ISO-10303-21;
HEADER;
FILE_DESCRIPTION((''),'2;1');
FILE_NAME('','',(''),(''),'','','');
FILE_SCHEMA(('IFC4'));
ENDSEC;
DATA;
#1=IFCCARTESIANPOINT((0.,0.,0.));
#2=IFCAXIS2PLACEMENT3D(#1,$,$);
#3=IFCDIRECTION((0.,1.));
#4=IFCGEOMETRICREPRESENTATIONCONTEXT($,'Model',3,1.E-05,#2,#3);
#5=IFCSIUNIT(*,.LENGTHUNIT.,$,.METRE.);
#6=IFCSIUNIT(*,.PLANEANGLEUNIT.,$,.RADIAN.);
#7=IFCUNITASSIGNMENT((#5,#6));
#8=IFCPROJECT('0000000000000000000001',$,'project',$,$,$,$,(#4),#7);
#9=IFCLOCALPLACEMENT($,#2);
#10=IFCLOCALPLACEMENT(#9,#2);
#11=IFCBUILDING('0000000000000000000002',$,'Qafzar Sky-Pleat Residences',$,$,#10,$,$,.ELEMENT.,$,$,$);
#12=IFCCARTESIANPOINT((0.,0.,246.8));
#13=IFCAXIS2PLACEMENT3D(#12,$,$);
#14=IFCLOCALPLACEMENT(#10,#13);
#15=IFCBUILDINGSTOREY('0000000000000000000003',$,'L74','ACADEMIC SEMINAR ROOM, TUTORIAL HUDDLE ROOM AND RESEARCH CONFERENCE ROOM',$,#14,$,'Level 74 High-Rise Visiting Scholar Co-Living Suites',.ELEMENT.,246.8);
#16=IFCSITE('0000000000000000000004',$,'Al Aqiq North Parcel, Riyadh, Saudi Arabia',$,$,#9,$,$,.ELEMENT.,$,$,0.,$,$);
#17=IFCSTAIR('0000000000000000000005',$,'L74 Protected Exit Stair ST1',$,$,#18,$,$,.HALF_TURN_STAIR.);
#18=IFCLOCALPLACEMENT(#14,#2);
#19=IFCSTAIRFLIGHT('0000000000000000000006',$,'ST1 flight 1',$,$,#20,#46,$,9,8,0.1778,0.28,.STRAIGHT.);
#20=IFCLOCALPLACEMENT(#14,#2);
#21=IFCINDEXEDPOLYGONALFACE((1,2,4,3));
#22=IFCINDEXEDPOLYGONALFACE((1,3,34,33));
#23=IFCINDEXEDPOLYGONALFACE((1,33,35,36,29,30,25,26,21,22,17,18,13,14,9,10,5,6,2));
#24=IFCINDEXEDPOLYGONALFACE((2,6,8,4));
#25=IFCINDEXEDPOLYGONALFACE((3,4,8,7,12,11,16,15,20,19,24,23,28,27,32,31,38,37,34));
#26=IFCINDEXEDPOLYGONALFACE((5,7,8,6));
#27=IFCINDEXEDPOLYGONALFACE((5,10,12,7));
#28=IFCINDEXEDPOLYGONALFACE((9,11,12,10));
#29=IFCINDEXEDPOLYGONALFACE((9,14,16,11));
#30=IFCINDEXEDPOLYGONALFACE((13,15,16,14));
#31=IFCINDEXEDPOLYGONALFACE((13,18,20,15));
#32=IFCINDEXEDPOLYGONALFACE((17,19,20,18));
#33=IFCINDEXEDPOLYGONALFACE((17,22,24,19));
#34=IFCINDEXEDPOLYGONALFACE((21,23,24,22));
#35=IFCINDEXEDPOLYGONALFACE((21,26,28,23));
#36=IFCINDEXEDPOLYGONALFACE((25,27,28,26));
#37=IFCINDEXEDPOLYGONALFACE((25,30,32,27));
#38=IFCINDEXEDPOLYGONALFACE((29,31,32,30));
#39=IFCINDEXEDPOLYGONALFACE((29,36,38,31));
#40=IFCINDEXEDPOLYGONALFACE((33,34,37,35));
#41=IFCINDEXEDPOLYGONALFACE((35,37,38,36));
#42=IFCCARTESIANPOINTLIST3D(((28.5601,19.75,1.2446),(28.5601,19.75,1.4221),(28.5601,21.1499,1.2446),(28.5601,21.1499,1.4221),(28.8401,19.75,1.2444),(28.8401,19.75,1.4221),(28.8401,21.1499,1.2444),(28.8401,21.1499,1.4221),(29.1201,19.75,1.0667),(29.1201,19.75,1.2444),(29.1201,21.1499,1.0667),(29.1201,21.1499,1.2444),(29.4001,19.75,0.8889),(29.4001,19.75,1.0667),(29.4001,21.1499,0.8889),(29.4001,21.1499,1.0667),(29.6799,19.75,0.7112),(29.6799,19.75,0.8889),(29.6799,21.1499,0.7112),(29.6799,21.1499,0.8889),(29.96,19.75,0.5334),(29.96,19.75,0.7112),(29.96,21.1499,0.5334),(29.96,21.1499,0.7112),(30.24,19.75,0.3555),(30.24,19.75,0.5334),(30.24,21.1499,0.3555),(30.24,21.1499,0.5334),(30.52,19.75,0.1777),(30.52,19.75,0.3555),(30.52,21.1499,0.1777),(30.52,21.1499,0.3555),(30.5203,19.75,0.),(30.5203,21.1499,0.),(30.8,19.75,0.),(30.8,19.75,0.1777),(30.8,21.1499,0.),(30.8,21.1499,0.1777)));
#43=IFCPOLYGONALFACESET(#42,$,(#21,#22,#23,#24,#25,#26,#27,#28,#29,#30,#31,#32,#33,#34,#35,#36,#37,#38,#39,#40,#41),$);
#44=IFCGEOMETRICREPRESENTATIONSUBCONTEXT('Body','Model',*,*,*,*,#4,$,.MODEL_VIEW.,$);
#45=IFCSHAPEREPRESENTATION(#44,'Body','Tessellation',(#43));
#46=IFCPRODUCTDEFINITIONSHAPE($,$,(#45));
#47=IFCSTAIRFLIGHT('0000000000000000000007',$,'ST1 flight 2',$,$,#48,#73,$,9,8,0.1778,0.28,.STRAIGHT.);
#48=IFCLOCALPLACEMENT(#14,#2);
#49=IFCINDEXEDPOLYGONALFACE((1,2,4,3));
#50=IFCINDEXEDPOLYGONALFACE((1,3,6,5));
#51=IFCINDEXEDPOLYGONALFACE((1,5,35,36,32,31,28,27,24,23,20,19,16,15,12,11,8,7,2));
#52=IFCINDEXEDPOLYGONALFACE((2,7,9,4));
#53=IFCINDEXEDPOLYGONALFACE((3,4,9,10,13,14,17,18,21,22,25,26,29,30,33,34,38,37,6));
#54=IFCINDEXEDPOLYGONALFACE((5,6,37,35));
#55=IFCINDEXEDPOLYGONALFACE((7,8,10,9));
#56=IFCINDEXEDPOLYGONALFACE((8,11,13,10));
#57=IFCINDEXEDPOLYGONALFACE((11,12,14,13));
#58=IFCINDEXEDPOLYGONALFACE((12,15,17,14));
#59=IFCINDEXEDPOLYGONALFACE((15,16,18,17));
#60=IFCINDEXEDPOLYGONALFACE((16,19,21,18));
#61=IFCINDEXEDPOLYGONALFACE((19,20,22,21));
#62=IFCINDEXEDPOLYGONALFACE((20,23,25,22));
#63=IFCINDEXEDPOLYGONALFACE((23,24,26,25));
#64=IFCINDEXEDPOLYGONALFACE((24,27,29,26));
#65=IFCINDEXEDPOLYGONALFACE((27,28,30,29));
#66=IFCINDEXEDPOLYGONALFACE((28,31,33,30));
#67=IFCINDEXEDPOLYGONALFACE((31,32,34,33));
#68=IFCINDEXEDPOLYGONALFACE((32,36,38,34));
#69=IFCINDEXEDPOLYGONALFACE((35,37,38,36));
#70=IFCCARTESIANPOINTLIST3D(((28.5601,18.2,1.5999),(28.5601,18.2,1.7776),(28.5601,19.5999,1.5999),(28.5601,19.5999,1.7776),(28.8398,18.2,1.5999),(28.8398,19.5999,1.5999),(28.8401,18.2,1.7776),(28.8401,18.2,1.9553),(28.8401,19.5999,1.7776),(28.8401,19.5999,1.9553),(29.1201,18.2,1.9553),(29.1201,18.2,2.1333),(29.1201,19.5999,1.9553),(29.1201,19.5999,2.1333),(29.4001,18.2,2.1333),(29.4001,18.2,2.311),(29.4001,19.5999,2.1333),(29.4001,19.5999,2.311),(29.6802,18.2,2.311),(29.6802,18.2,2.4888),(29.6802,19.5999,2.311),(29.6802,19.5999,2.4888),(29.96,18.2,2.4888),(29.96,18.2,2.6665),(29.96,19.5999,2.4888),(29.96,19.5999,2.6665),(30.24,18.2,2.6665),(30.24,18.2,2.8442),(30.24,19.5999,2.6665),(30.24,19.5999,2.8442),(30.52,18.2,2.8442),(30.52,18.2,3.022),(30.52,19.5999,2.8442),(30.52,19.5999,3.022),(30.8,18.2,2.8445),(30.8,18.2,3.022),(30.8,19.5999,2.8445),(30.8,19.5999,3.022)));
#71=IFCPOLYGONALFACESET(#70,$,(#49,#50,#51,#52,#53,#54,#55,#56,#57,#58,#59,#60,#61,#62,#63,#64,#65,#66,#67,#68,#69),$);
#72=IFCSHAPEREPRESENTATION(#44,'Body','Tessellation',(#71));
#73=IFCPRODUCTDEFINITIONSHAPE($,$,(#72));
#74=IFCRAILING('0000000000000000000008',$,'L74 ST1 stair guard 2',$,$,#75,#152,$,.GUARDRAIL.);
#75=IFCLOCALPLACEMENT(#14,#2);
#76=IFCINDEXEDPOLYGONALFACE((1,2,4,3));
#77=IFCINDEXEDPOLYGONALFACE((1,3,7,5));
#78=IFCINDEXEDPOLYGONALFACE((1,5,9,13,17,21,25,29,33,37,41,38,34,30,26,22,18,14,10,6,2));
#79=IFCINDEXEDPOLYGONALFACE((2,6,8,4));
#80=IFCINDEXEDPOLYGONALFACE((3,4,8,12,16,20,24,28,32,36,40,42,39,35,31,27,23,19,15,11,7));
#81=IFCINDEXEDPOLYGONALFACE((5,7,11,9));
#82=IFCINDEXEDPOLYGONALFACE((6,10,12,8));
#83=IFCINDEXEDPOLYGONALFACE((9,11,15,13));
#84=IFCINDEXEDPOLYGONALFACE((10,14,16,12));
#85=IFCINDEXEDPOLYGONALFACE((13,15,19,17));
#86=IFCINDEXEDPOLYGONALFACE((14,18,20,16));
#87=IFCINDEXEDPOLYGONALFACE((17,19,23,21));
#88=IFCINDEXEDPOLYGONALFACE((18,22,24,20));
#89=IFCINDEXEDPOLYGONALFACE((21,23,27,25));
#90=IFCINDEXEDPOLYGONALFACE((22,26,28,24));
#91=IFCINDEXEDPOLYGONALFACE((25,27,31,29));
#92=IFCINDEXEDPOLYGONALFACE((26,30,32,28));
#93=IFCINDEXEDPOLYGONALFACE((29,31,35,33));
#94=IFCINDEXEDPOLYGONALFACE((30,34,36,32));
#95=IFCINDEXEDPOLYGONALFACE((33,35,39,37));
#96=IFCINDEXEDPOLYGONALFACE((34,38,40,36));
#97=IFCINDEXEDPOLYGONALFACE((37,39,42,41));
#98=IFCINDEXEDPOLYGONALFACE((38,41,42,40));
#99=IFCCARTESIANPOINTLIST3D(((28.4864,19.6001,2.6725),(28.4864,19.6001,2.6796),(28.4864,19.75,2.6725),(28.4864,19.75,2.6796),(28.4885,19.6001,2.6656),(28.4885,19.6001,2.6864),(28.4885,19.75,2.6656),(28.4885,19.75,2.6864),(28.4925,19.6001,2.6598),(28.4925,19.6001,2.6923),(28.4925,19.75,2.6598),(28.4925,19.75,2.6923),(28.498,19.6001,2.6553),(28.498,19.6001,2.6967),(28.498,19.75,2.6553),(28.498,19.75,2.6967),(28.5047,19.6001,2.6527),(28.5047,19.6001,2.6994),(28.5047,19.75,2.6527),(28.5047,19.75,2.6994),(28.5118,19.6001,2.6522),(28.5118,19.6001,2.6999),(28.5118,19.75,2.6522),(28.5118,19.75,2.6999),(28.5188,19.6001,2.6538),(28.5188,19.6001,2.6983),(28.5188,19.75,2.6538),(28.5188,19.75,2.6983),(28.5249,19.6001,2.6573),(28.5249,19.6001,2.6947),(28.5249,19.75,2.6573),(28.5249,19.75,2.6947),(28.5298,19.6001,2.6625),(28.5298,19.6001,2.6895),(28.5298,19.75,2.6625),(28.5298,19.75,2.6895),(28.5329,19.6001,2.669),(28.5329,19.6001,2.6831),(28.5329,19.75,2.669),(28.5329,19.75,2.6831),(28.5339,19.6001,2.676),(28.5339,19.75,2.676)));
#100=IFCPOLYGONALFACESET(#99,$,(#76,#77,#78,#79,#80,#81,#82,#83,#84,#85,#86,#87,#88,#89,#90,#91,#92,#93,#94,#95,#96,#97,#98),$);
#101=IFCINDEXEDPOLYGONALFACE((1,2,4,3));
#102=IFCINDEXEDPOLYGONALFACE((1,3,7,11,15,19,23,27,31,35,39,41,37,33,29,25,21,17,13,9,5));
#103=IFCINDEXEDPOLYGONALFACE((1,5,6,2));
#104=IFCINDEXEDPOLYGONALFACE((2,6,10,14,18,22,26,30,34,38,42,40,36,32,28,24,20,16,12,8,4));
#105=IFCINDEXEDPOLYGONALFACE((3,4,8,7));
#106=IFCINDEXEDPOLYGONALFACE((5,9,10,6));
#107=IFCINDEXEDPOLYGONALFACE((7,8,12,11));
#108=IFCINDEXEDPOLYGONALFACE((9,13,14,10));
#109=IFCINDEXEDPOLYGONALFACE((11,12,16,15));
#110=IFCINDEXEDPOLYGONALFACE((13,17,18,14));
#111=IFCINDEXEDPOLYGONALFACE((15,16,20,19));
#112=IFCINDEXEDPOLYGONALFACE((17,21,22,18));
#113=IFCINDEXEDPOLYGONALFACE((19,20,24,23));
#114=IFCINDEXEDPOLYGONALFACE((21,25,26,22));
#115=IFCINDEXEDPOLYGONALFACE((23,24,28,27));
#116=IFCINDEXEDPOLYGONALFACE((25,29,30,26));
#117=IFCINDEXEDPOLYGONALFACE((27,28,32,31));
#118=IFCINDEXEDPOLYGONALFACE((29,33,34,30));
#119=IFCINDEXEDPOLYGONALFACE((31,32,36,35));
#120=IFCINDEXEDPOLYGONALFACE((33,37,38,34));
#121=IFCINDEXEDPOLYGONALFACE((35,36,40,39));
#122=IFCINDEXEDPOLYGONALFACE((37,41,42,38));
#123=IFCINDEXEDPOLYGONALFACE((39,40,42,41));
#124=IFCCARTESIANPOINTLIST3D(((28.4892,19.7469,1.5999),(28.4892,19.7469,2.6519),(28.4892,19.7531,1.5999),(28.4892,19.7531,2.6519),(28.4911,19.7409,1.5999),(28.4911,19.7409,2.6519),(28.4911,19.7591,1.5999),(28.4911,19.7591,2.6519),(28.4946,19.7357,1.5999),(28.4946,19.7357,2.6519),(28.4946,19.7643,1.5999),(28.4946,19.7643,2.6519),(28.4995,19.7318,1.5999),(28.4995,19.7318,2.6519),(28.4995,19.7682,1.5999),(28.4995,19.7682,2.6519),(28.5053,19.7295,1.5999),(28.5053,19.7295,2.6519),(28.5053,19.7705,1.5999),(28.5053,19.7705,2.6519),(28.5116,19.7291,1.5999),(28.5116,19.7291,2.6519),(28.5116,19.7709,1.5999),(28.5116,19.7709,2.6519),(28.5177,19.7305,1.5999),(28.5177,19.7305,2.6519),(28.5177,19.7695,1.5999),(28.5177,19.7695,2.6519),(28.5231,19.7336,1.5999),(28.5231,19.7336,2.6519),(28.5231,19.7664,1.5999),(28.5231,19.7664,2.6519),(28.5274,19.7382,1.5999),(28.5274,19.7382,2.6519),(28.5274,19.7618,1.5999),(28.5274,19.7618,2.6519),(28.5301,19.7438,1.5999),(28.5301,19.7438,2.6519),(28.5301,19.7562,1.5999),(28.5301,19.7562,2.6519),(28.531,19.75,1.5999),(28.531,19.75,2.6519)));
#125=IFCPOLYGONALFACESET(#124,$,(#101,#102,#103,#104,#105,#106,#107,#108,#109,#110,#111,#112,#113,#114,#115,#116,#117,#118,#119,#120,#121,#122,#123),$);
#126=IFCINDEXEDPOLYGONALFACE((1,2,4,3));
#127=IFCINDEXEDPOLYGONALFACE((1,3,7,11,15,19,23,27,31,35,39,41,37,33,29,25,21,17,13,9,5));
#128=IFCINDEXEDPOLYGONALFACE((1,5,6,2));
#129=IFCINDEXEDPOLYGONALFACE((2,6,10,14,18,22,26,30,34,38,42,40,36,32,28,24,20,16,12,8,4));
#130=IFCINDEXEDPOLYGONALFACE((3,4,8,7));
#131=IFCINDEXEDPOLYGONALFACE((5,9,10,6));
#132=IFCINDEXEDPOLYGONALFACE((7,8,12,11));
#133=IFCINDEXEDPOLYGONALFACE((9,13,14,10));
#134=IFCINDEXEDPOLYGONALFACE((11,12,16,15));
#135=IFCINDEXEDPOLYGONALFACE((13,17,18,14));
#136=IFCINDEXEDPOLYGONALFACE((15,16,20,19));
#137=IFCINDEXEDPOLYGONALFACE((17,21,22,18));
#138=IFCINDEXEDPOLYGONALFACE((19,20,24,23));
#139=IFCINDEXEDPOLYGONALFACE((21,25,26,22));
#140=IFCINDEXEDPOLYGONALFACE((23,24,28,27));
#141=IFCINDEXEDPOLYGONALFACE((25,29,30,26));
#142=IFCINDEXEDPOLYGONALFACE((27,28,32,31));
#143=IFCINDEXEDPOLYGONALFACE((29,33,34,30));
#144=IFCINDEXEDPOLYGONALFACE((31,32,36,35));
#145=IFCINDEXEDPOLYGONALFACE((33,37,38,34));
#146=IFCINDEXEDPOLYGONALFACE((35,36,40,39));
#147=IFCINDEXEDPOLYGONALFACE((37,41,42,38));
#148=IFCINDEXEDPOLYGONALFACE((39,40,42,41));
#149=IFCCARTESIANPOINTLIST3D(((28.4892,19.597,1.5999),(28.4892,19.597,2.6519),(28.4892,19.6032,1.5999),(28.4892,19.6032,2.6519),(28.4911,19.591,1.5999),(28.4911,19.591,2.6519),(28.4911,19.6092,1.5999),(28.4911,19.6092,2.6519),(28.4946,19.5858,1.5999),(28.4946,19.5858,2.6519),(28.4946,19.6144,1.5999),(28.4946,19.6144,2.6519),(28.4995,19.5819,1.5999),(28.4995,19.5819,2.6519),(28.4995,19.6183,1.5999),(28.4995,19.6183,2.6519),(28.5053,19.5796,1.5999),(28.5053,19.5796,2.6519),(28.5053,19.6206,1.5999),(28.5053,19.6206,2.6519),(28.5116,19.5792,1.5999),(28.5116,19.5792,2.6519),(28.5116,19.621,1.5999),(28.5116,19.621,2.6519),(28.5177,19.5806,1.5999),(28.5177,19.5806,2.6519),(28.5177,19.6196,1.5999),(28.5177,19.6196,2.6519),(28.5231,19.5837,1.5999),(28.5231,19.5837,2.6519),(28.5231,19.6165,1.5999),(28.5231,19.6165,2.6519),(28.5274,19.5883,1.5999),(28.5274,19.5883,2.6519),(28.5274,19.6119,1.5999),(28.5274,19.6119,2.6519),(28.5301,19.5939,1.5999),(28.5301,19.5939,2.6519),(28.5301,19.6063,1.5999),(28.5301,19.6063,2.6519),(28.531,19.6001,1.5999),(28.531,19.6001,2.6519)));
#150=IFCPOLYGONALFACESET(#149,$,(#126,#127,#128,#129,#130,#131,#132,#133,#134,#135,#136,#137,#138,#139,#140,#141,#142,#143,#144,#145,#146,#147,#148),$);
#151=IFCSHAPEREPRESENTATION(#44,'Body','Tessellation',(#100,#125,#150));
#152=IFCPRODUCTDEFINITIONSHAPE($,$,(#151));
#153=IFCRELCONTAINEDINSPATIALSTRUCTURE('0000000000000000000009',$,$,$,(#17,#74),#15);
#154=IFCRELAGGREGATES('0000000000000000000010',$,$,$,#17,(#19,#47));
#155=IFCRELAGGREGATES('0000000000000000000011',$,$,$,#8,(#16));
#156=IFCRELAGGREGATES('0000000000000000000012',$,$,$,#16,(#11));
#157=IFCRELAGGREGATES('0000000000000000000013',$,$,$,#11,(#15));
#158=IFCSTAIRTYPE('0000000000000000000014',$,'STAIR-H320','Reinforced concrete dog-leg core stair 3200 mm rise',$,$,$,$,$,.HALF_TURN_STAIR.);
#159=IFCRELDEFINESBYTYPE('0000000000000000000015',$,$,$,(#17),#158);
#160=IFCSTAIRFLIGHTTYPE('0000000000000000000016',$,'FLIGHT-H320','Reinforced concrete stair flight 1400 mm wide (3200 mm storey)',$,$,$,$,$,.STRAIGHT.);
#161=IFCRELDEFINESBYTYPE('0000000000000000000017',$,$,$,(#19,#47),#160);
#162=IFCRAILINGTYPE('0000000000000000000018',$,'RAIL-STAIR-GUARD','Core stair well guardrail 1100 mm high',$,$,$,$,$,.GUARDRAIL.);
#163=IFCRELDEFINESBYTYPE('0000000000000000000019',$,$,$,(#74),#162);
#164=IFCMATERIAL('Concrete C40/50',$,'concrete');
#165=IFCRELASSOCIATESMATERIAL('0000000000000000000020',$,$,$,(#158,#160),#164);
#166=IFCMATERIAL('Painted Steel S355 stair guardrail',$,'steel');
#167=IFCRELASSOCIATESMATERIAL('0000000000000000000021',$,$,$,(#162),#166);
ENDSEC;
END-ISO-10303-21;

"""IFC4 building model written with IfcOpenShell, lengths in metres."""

from ifc_helpers import new_model, si_unit, direction, frame, origin, origin_2d, place, context, subcontext, project, spatial, polyline, circle, outline, extrude, source, transform, mapped, material, type_object, element, aggregate, save


model = new_model("IFC4")

# Units and contexts
model_context = context("Model", 3, precision=1e-05, world=origin(), true_north=direction((0.0, 1.0)))
body_context = subcontext(model_context, "Body", "Model", "MODEL_VIEW")
ifc_project = project(units=[si_unit("LENGTHUNIT", "METRE"), si_unit("PLANEANGLEUNIT", "RADIAN")], contexts=[model_context])

# Site, building, storey
site_placement = place(None, origin())
site = spatial("IfcSite", under=ifc_project, at=site_placement, Name="Al Aqiq North Parcel, Riyadh, Saudi Arabia", CompositionType="ELEMENT", RefElevation=0.0)
building_placement = place(site_placement, origin())
building = spatial("IfcBuilding", under=site, at=building_placement, Name="Qafzar Sky-Pleat Residences", CompositionType="ELEMENT")
storey_placement = place(building_placement, frame((0.0, 0.0, 246.8)))
storey = spatial("IfcBuildingStorey", under=building, at=storey_placement, Name="L74", Description="ACADEMIC SEMINAR ROOM, TUTORIAL HUDDLE ROOM AND RESEARCH CONFERENCE ROOM", LongName="Level 74 High-Rise Visiting Scholar Co-Living Suites", CompositionType="ELEMENT", Elevation=246.8)

# Stair, stair flights
ifc_material_1 = material(Name="Concrete C40/50", Category="concrete")
stair_type = type_object("IfcStairType", Name="STAIR-H320", Description="Reinforced concrete dog-leg core stair 3200 mm rise", PredefinedType="HALF_TURN_STAIR", material=ifc_material_1)
stair_placement = place(storey_placement, origin())
stair = element("IfcStair", 1, at=stair_placement, inside=storey, type_object=stair_type, Name="L74 Protected Exit Stair ST1", PredefinedType="HALF_TURN_STAIR")
stair_flight_type = type_object("IfcStairFlightType", Name="FLIGHT-H320", Description="Reinforced concrete stair flight 1400 mm wide (3200 mm storey)", PredefinedType="STRAIGHT", material=ifc_material_1)
shared_shape_1 = source(origin(), body_context, "Body", "SweptSolid", [
    extrude(outline(polyline([(0.0, 0.0), (0.0, 0.1777), (0.28, 0.1777), (0.28, 0.3555), (0.5601, 0.3555), (0.5601, 0.5334), (0.8401, 0.5334), (0.8401, 0.7112), (1.1201, 0.7112), (1.1201, 0.8889), (1.3999, 0.8889), (1.3999, 1.0667), (1.6799, 1.0667), (1.6799, 1.2444), (1.96, 1.2444), (1.96, 1.4221), (2.24, 1.4221), (2.24, 1.6001), (2.24, 1.2446), (0.2798, 0.0), (0.0, 0.0)])), frame((0.0, 0.7, 0.0), z_axis=(0.0, -1.0, 0.0), x_axis=(1.0, 0.0, 0.0)), (0.0, 0.0, 1.0), 1.3999),
])
stair_flight_1_placement = place(storey_placement, frame((30.8, 20.45, 0.0), z_axis=(0.0, 0.0, 1.0), x_axis=(-1.0, 0.0, 0.0)))
stair_flight_1 = element("IfcStairFlight", 2, at=stair_flight_1_placement, type_object=stair_flight_type, Name="ST1 flight 1", NumberOfRisers=9, NumberOfTreads=8, PredefinedType="STRAIGHT", RiserHeight=0.1778, TreadLength=0.28, context=body_context, shape_type="MappedRepresentation", body=[
    mapped(shared_shape_1, transform((0.0, 0.0, 0.0), x_axis=(1.0, 0.0, 0.0), y_axis=(0.0, 1.0, 0.0), z_axis=(0.0, 0.0, 1.0), scale=1.0)),
])
stair_flight_2_placement = place(storey_placement, frame((28.5601, 18.8999, 1.5999), z_axis=(0.0, 0.0, 1.0), x_axis=(1.0, 0.0, 0.0)))
stair_flight_2 = element("IfcStairFlight", 3, at=stair_flight_2_placement, type_object=stair_flight_type, Name="ST1 flight 2", NumberOfRisers=9, NumberOfTreads=8, PredefinedType="STRAIGHT", RiserHeight=0.1778, TreadLength=0.28, context=body_context, shape_type="MappedRepresentation", body=[
    mapped(shared_shape_1, transform((0.0, 0.0, 0.0), x_axis=(1.0, 0.0, 0.0), y_axis=(0.0, 1.0, 0.0), z_axis=(0.0, 0.0, 1.0), scale=1.0)),
])
aggregate(stair, [stair_flight_1, stair_flight_2])

# Railing
ifc_material_2 = material(Name="Painted Steel S355 stair guardrail", Category="steel")
railing_type_1 = type_object("IfcRailingType", Name="RAIL-STAIR-GUARD", Description="Core stair well guardrail 1100 mm high", PredefinedType="GUARDRAIL", material=ifc_material_2)
shared_shape_2 = source(origin(), body_context, "Body", "SweptSolid", [
    extrude(circle(Radius=0.0239, at=origin_2d()), frame((0.0, 0.0, 1.0762), z_axis=(0.0, -1.0, 0.0), x_axis=(1.0, 0.0, 0.0)), (0.0, 0.0, 1.0), 0.1499),
    extrude(circle(Radius=0.021, at=origin_2d()), origin(), (0.0, 0.0, 1.0), 1.052),
    extrude(circle(Radius=0.021, at=origin_2d()), frame((0.0, -0.1499, 0.0)), (0.0, 0.0, 1.0), 1.052),
])
for number, where, name in (
    (4, (28.51, 19.75, 1.5999), "L74 ST1 stair guard 2"),
):
    element("IfcRailing", number, at=place(storey_placement, frame(where)), inside=storey, type_object=railing_type_1, Name=name, PredefinedType="GUARDRAIL", context=body_context, shape_type="MappedRepresentation", body=[
        mapped(shared_shape_2, transform((0.0, 0.0, 0.0), x_axis=(1.0, 0.0, 0.0), y_axis=(0.0, 1.0, 0.0), z_axis=(0.0, 0.0, 1.0), scale=1.0)),
    ])

save(model, "model.ifc")
